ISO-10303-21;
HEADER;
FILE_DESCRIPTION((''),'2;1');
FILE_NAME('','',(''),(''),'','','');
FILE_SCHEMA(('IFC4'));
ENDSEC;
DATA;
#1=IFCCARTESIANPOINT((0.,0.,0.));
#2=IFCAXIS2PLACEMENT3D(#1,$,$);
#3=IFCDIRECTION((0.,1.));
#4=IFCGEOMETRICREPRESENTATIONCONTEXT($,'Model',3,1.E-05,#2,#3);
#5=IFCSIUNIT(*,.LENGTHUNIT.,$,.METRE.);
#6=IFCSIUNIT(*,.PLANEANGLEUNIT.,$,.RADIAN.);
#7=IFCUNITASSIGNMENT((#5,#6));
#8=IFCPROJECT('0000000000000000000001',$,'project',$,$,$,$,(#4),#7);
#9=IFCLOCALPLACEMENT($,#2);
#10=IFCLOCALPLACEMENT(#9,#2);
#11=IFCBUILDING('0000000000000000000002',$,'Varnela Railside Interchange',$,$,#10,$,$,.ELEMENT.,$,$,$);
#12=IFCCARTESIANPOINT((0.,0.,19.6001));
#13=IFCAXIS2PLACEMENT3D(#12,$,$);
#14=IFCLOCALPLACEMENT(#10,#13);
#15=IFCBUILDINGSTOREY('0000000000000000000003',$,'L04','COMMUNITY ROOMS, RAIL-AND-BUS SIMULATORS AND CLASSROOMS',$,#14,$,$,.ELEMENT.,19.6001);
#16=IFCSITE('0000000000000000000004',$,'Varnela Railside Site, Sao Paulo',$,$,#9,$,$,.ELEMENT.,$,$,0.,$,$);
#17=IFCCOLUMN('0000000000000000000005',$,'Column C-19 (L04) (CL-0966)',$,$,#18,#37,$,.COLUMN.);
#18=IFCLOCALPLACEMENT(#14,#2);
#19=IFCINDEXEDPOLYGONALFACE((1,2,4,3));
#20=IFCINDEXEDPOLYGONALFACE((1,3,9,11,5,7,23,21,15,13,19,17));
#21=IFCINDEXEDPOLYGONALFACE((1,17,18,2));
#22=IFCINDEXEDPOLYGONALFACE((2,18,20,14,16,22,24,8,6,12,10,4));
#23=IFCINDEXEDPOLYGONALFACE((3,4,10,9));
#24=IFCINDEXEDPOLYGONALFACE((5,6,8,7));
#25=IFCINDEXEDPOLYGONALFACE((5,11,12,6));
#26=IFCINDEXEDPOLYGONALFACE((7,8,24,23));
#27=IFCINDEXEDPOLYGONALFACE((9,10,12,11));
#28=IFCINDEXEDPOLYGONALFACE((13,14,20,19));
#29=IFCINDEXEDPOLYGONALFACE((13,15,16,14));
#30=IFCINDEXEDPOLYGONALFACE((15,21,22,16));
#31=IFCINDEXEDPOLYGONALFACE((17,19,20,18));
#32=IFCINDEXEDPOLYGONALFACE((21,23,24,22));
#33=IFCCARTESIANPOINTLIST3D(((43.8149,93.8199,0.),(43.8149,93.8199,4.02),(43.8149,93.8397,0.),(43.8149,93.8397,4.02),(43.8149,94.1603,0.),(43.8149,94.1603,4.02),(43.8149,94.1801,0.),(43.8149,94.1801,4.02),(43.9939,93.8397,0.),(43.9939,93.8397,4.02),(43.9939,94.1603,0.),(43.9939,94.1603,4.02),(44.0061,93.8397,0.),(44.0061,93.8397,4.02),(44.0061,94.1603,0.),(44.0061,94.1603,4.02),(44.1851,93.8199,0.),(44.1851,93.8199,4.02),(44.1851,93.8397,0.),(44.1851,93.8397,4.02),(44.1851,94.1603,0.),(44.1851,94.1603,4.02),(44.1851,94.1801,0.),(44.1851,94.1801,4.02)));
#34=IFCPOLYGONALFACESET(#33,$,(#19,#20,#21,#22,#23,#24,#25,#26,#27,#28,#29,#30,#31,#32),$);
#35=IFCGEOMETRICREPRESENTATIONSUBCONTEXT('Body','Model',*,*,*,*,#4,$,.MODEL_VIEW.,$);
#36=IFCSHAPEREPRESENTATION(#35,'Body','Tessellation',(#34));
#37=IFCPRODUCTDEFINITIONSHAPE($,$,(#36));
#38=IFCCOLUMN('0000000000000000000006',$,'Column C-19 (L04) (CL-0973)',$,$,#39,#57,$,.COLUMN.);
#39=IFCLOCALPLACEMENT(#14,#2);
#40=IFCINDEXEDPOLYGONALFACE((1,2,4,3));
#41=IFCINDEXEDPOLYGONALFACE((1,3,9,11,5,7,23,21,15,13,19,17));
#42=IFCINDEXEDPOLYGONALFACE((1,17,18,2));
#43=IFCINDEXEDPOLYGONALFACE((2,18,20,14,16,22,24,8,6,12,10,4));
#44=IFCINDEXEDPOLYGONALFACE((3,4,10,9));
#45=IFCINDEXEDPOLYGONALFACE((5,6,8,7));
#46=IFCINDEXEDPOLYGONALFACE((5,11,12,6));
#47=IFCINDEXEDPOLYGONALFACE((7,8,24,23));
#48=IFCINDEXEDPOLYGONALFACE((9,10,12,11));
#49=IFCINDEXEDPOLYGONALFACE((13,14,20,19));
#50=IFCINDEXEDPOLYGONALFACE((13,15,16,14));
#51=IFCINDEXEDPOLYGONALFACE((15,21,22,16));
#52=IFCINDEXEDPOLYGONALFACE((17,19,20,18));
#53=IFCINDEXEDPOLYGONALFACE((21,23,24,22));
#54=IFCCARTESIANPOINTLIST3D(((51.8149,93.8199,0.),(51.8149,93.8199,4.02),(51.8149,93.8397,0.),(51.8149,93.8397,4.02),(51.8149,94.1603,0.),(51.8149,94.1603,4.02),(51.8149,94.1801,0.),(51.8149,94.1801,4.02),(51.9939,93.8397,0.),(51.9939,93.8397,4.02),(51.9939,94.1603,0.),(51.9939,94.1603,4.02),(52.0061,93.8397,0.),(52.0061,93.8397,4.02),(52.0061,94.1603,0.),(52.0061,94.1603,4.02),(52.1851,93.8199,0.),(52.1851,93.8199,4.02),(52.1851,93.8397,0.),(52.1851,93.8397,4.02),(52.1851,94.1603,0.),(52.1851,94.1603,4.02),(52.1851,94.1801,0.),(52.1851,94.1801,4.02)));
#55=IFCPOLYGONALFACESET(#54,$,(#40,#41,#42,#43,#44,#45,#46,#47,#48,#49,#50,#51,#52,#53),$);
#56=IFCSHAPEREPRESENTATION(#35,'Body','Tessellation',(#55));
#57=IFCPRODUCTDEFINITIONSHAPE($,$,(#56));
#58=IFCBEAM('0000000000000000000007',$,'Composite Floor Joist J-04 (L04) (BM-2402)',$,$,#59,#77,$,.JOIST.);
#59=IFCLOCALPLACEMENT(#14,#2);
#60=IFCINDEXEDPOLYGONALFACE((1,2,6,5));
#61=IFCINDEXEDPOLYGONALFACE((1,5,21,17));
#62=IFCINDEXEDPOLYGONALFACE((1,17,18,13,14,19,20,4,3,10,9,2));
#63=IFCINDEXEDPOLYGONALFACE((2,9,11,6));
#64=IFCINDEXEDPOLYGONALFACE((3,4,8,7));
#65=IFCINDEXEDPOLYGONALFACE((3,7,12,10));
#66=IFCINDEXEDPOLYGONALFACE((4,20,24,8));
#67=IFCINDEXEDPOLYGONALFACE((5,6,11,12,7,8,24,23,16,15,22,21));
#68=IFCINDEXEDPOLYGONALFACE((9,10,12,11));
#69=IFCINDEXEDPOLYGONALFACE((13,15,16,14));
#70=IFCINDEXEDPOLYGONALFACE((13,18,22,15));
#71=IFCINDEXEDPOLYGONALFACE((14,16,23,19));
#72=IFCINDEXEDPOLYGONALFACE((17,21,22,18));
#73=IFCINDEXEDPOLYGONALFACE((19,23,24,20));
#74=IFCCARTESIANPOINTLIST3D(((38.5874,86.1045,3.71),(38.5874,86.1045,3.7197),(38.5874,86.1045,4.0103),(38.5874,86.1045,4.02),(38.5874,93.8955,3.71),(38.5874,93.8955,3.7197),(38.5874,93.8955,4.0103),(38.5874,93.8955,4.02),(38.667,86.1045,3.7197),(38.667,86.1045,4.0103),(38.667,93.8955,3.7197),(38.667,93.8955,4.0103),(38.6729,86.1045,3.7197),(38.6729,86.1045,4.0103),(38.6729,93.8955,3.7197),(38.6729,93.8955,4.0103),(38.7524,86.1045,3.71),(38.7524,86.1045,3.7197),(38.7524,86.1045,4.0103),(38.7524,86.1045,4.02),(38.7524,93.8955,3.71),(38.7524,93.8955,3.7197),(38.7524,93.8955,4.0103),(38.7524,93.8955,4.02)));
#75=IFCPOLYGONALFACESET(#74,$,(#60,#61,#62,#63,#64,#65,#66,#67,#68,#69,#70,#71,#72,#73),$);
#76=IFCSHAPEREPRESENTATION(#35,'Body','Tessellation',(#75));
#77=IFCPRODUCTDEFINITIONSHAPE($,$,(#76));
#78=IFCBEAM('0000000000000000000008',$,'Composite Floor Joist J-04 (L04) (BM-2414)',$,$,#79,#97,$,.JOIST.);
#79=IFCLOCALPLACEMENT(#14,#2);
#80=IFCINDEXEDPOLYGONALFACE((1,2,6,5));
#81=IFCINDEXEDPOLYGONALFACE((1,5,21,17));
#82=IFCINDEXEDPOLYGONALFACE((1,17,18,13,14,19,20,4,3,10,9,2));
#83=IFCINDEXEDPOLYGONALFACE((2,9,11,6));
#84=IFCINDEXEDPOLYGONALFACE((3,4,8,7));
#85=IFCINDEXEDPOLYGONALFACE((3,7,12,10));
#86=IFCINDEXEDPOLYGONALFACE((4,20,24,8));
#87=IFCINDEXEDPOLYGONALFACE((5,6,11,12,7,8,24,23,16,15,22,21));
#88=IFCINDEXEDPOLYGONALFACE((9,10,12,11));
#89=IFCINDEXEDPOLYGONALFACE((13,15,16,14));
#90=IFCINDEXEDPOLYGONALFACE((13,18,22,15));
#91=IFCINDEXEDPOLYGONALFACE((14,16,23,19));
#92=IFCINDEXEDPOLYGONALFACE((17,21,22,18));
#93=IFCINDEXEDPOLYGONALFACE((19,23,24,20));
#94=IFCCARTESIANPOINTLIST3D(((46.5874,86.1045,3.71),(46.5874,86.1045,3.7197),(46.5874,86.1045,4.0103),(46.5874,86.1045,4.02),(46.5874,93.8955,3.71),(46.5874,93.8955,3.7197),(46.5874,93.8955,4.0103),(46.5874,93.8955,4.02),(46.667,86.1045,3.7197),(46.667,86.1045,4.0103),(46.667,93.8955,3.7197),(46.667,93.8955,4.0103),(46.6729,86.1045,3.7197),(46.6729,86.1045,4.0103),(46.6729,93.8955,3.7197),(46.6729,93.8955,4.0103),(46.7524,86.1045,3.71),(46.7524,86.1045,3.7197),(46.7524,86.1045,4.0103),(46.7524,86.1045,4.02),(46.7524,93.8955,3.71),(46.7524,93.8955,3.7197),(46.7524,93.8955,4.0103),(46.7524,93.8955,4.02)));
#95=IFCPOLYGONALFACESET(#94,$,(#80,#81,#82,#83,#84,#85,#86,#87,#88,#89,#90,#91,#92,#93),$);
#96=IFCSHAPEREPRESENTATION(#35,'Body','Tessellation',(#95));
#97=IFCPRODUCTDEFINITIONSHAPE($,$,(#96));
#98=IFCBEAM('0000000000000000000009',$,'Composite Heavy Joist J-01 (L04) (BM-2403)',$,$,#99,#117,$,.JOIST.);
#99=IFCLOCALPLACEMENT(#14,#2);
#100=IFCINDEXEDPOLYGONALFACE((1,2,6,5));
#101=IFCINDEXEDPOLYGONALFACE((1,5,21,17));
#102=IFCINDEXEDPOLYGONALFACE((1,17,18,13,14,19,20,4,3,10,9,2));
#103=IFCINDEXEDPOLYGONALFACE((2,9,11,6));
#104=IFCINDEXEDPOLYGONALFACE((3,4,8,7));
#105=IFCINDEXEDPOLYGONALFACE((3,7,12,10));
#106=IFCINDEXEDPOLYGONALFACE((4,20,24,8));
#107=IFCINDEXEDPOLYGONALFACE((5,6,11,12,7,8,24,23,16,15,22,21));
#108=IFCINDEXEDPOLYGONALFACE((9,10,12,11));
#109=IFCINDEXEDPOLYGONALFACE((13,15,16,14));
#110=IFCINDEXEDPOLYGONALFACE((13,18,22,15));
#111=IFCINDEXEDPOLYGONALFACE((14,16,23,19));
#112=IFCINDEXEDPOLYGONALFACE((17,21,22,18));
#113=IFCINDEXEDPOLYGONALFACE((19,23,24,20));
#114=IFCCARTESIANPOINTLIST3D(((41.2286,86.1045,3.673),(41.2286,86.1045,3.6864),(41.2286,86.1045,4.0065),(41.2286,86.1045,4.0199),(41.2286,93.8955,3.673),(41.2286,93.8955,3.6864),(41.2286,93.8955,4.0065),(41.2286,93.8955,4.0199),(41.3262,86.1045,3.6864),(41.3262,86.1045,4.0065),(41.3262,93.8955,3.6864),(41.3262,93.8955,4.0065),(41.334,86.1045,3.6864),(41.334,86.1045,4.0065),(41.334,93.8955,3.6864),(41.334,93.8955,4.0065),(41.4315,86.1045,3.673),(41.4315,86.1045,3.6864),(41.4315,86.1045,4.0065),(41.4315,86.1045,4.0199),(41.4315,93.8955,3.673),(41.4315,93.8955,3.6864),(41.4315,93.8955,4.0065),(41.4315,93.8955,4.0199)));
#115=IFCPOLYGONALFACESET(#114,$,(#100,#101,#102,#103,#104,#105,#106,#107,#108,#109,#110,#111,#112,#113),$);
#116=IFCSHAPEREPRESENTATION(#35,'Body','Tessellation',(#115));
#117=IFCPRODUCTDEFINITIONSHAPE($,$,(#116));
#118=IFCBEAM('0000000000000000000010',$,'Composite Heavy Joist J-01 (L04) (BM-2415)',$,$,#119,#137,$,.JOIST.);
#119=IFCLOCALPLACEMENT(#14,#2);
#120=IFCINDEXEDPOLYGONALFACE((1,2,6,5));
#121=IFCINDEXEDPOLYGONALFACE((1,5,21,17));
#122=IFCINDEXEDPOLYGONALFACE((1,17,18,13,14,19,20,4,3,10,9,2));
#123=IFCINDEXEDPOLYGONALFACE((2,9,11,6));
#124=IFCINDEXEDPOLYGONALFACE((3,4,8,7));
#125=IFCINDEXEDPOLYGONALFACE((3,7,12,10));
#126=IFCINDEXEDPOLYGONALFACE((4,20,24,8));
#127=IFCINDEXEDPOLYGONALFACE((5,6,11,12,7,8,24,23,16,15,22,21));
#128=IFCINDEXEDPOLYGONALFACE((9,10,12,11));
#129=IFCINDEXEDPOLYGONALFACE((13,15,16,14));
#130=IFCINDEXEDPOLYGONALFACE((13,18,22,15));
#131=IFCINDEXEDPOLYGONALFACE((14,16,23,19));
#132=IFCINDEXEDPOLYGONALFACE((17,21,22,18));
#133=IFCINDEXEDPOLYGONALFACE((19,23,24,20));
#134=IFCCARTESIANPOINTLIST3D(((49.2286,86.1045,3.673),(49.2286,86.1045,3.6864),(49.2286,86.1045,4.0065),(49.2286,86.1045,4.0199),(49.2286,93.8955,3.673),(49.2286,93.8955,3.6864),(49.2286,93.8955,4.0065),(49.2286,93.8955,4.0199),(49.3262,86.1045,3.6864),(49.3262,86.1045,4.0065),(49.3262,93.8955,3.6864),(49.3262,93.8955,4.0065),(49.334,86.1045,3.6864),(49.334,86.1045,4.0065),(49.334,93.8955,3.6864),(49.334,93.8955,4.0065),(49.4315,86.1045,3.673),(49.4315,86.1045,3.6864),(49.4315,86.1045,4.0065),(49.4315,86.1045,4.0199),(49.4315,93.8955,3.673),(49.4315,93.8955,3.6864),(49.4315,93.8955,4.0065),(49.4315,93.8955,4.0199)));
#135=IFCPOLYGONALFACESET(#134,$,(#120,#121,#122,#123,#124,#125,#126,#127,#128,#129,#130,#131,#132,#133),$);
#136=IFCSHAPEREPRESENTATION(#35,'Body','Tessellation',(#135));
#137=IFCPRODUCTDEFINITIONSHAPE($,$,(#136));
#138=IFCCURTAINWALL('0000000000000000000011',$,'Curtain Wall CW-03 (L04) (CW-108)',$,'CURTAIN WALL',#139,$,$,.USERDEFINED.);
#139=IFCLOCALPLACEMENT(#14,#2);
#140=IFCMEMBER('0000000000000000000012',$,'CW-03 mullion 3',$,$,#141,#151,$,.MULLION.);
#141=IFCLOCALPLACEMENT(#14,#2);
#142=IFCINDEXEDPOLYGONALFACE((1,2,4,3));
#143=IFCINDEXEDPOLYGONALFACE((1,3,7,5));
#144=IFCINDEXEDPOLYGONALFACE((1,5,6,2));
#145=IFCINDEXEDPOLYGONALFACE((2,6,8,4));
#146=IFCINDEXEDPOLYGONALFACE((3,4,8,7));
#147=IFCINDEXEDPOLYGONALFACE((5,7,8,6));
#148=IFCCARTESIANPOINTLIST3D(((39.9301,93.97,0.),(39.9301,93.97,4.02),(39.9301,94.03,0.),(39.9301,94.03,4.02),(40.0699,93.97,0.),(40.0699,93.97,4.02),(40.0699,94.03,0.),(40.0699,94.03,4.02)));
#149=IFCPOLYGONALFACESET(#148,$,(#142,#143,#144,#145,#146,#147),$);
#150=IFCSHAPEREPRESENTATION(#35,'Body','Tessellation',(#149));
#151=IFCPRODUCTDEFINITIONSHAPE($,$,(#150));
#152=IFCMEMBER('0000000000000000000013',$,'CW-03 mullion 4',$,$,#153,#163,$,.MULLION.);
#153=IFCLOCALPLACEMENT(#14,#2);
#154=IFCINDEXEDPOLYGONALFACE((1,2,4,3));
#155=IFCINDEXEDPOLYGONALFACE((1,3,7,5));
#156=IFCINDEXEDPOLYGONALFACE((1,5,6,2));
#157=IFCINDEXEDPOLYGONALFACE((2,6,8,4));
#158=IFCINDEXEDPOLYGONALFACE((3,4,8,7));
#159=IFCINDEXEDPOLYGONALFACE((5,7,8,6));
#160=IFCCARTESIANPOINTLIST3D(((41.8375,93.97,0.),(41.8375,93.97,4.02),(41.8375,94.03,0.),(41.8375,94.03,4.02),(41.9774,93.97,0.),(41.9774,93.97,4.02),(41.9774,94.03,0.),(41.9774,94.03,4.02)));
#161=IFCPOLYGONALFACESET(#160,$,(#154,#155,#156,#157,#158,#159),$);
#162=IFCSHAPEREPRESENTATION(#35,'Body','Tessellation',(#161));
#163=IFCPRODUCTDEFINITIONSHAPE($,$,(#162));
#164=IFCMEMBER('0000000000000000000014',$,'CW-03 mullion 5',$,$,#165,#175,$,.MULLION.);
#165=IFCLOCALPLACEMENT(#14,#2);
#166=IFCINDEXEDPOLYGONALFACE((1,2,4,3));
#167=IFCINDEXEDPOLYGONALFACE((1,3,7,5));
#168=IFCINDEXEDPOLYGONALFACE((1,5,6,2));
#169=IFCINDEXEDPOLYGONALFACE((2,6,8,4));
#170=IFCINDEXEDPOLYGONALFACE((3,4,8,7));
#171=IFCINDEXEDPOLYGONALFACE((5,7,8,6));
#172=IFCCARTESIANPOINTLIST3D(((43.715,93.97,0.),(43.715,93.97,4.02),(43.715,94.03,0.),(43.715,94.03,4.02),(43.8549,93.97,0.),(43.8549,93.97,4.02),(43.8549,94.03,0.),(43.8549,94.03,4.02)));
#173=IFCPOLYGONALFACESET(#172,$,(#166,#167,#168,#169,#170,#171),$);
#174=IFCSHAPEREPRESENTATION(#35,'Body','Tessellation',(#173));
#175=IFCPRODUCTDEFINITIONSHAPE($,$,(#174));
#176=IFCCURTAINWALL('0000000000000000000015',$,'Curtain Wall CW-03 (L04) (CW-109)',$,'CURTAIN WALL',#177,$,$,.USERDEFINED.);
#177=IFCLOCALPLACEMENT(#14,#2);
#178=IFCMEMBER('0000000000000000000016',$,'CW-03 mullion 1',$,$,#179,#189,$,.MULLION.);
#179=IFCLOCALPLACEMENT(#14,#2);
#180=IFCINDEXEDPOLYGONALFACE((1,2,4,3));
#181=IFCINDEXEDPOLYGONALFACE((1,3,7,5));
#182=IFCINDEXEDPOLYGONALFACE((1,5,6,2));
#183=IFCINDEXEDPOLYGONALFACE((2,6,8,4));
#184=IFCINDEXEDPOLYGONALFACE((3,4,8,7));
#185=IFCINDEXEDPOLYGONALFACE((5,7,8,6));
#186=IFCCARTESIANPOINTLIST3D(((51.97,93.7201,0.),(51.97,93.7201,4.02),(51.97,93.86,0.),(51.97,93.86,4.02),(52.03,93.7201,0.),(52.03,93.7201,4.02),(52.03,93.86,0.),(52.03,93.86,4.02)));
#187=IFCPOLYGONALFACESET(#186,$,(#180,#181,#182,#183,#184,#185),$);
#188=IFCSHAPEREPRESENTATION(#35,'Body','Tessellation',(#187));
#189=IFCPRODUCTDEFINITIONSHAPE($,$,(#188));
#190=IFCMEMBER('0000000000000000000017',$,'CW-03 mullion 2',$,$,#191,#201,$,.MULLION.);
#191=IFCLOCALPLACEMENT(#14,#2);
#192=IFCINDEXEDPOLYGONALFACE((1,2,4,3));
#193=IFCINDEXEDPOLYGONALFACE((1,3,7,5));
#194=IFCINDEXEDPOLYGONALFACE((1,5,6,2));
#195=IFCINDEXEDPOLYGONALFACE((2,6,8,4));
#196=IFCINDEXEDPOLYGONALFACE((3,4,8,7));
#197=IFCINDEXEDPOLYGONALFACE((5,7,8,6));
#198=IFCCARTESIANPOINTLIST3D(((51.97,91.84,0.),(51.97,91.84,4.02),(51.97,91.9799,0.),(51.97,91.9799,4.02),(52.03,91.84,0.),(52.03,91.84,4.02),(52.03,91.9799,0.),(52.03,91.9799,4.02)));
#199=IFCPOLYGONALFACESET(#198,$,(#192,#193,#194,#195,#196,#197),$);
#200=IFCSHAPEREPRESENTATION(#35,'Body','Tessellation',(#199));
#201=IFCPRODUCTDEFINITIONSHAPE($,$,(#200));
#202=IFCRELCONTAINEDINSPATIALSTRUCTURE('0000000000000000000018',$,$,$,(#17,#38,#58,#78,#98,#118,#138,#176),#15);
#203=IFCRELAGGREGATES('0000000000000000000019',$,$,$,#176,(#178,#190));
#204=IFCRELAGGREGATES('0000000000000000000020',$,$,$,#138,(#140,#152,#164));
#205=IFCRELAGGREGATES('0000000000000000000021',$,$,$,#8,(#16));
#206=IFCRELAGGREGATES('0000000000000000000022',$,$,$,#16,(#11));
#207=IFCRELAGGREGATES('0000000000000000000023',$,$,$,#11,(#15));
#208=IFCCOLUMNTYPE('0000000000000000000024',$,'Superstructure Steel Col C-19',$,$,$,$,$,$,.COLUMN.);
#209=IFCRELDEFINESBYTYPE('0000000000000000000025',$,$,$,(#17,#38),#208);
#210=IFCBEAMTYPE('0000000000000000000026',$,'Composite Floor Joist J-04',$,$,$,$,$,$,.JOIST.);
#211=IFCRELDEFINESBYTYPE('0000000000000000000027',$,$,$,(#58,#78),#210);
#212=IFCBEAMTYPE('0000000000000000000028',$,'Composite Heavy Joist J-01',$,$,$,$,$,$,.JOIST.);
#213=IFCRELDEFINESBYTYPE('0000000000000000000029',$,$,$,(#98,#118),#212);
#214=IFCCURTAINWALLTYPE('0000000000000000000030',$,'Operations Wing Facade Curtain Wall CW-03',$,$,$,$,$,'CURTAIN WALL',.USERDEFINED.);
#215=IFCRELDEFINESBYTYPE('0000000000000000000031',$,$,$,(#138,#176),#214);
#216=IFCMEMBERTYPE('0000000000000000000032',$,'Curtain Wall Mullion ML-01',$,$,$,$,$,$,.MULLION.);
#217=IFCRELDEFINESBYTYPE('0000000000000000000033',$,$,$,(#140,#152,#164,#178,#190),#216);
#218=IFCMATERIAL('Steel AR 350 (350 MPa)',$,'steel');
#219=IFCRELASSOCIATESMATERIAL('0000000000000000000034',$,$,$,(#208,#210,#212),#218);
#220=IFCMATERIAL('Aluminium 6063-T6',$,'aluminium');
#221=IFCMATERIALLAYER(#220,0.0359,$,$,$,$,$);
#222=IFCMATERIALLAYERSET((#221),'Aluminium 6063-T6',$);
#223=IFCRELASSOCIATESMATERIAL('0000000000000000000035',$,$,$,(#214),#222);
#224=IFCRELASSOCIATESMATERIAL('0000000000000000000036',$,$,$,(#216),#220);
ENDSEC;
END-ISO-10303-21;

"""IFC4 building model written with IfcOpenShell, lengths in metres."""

from ifc_helpers import new_model, si_unit, direction, frame, origin, origin_2d, place, context, subcontext, project, spatial, rectangle, i_section, extrude, material, layer, layer_set, material_profile, profile_set, type_object, element, aggregate, save


model = new_model("IFC4")

# Units and contexts
model_context = context("Model", 3, precision=1e-05, world=origin(), true_north=direction((0.0, 1.0)))
body_context = subcontext(model_context, "Body", "Model", "MODEL_VIEW")
ifc_project = project(units=[si_unit("LENGTHUNIT", "METRE"), si_unit("PLANEANGLEUNIT", "RADIAN")], contexts=[model_context])

# Site, building, storey
site_placement = place(None, origin())
site = spatial("IfcSite", under=ifc_project, at=site_placement, Name="Varnela Railside Site, Sao Paulo", CompositionType="ELEMENT", RefElevation=0.0)
building_placement = place(site_placement, origin())
building = spatial("IfcBuilding", under=site, at=building_placement, Name="Varnela Railside Interchange", CompositionType="ELEMENT")
storey_placement = place(building_placement, frame((0.0, 0.0, 19.6001)))
storey = spatial("IfcBuildingStorey", under=building, at=storey_placement, Name="L04", Description="COMMUNITY ROOMS, RAIL-AND-BUS SIMULATORS AND CLASSROOMS", CompositionType="ELEMENT", Elevation=19.6001)

# Columns
ifc_material_1 = material(Name="Steel AR 350 (350 MPa)", Category="steel")
ifc_material_profile_1 = material_profile(ifc_material_1, i_section(OverallWidth=0.3701, OverallDepth=0.3601, WebThickness=0.0122, FlangeThickness=0.0198, at=origin_2d()), Name="W360x147")
ifc_profile_set_1 = profile_set([ifc_material_profile_1], Name="Steel AR 350 (350 MPa)")
column_type = type_object("IfcColumnType", Name="Superstructure Steel Col C-19", PredefinedType="COLUMN", material=ifc_profile_set_1)
for number, where, z_axis, x_axis, name in (
    (1, (44.0, 94.0, 0.0), (0.0, 0.0, 1.0), (1.0, 0.0, 0.0), "Column C-19 (L04) (CL-0966)"),
    (2, (52.0, 94.0, 0.0), (0.0, 0.0, 1.0), (1.0, 0.0, 0.0), "Column C-19 (L04) (CL-0973)"),
):
    element("IfcColumn", number, at=place(storey_placement, frame(where, z_axis=z_axis, x_axis=x_axis)), inside=storey, type_object=column_type, Name=name, PredefinedType="COLUMN", context=body_context, shape_type="SweptSolid", body=[
        extrude(i_section(OverallWidth=0.3701, OverallDepth=0.3601, WebThickness=0.0122, FlangeThickness=0.0198, at=origin_2d()), origin(), (0.0, 0.0, 1.0), 4.02),
    ])

# Beams
ifc_material_profile_2 = material_profile(ifc_material_1, i_section(OverallWidth=0.165, OverallDepth=0.3101, WebThickness=0.0059, FlangeThickness=0.0098, at=origin_2d()), Name="W310x38.7")
ifc_profile_set_2 = profile_set([ifc_material_profile_2], Name="Steel AR 350 (350 MPa)")
beam_type_1 = type_object("IfcBeamType", Name="Composite Floor Joist J-04", PredefinedType="JOIST", material=ifc_profile_set_2)
for number, where, z_axis, x_axis, name in (
    (3, (38.6699, 86.1045, 3.865), (0.0, 1.0, 0.0), (-1.0, 0.0, 0.0), "Composite Floor Joist J-04 (L04) (BM-2402)"),
    (4, (46.6699, 86.1045, 3.865), (0.0, 1.0, 0.0), (-1.0, 0.0, 0.0), "Composite Floor Joist J-04 (L04) (BM-2414)"),
):
    element("IfcBeam", number, at=place(storey_placement, frame(where, z_axis=z_axis, x_axis=x_axis)), inside=storey, type_object=beam_type_1, Name=name, PredefinedType="JOIST", context=body_context, shape_type="SweptSolid", body=[
        extrude(i_section(OverallWidth=0.165, OverallDepth=0.3101, WebThickness=0.0059, FlangeThickness=0.0098, at=origin_2d()), origin(), (0.0, 0.0, 1.0), 7.791),
    ])
ifc_material_profile_3 = material_profile(ifc_material_1, i_section(OverallWidth=0.2029, OverallDepth=0.3469, WebThickness=0.0078, FlangeThickness=0.0134, at=origin_2d()), Name="W360x64")
ifc_profile_set_3 = profile_set([ifc_material_profile_3], Name="Steel AR 350 (350 MPa)")
beam_type_2 = type_object("IfcBeamType", Name="Composite Heavy Joist J-01", PredefinedType="JOIST", material=ifc_profile_set_3)
for number, where, z_axis, x_axis, name in (
    (5, (41.3301, 86.1045, 3.8464), (0.0, 1.0, 0.0), (-1.0, 0.0, 0.0), "Composite Heavy Joist J-01 (L04) (BM-2403)"),
    (6, (49.3301, 86.1045, 3.8464), (0.0, 1.0, 0.0), (-1.0, 0.0, 0.0), "Composite Heavy Joist J-01 (L04) (BM-2415)"),
):
    element("IfcBeam", number, at=place(storey_placement, frame(where, z_axis=z_axis, x_axis=x_axis)), inside=storey, type_object=beam_type_2, Name=name, PredefinedType="JOIST", context=body_context, shape_type="SweptSolid", body=[
        extrude(i_section(OverallWidth=0.2029, OverallDepth=0.3469, WebThickness=0.0078, FlangeThickness=0.0134, at=origin_2d()), origin(), (0.0, 0.0, 1.0), 7.791),
    ])

# Curtain walls, members
ifc_material_2 = material(Name="Aluminium 6063-T6", Category="aluminium")
ifc_layer_1 = layer(ifc_material_2, 0.0359)
ifc_layer_set_1 = layer_set([ifc_layer_1], Name="Aluminium 6063-T6")
curtain_wall_type = type_object("IfcCurtainWallType", Name="Operations Wing Facade Curtain Wall CW-03", ElementType="CURTAIN WALL", PredefinedType="USERDEFINED", material=ifc_layer_set_1)
curtain_wall_1_placement = place(storey_placement, origin())
curtain_wall_1 = element("IfcCurtainWall", 7, at=curtain_wall_1_placement, inside=storey, type_object=curtain_wall_type, Name="Curtain Wall CW-03 (L04) (CW-108)", ObjectType="CURTAIN WALL", PredefinedType="USERDEFINED")
ifc_material_profile_4 = material_profile(ifc_material_2, rectangle(XDim=0.0601, YDim=0.1399, at=origin_2d()), Name="ALU 60x140")
ifc_profile_set_4 = profile_set([ifc_material_profile_4], Name="Aluminium 6063-T6")
member_type_1 = type_object("IfcMemberType", Name="Curtain Wall Mullion ML-01", PredefinedType="MULLION", material=ifc_profile_set_4)
member_1_placement = place(storey_placement, frame((40.0, 94.0, 0.0), z_axis=(0.0, 0.0, 1.0), x_axis=(0.0, 1.0, 0.0)))
member_1 = element("IfcMember", 8, at=member_1_placement, type_object=member_type_1, Name="CW-03 mullion 3", PredefinedType="MULLION", context=body_context, shape_type="SweptSolid", body=[
    extrude(rectangle(XDim=0.0601, YDim=0.1399, at=origin_2d()), origin(), (0.0, 0.0, 1.0), 4.02),
])
member_2_placement = place(storey_placement, frame((41.9075, 94.0, 0.0), z_axis=(0.0, 0.0, 1.0), x_axis=(0.0, 1.0, 0.0)))
member_2 = element("IfcMember", 9, at=member_2_placement, type_object=member_type_1, Name="CW-03 mullion 4", PredefinedType="MULLION", context=body_context, shape_type="SweptSolid", body=[
    extrude(rectangle(XDim=0.0601, YDim=0.1399, at=origin_2d()), origin(), (0.0, 0.0, 1.0), 4.02),
])
member_3_placement = place(storey_placement, frame((43.7849, 94.0, 0.0), z_axis=(0.0, 0.0, 1.0), x_axis=(0.0, 1.0, 0.0)))
member_3 = element("IfcMember", 10, at=member_3_placement, type_object=member_type_1, Name="CW-03 mullion 5", PredefinedType="MULLION", context=body_context, shape_type="SweptSolid", body=[
    extrude(rectangle(XDim=0.0601, YDim=0.1399, at=origin_2d()), origin(), (0.0, 0.0, 1.0), 4.02),
])
curtain_wall_2_placement = place(storey_placement, origin())
curtain_wall_2 = element("IfcCurtainWall", 11, at=curtain_wall_2_placement, inside=storey, type_object=curtain_wall_type, Name="Curtain Wall CW-03 (L04) (CW-109)", ObjectType="CURTAIN WALL", PredefinedType="USERDEFINED")
member_4_placement = place(storey_placement, frame((52.0, 93.79, 0.0), z_axis=(0.0, 0.0, 1.0), x_axis=(1.0, 0.0, 0.0)))
member_4 = element("IfcMember", 12, at=member_4_placement, type_object=member_type_1, Name="CW-03 mullion 1", PredefinedType="MULLION", context=body_context, shape_type="SweptSolid", body=[
    extrude(rectangle(XDim=0.0601, YDim=0.1399, at=origin_2d()), origin(), (0.0, 0.0, 1.0), 4.02),
])
member_5_placement = place(storey_placement, frame((52.0, 91.9099, 0.0), z_axis=(0.0, 0.0, 1.0), x_axis=(1.0, 0.0, 0.0)))
member_5 = element("IfcMember", 13, at=member_5_placement, type_object=member_type_1, Name="CW-03 mullion 2", PredefinedType="MULLION", context=body_context, shape_type="SweptSolid", body=[
    extrude(rectangle(XDim=0.0601, YDim=0.1399, at=origin_2d()), origin(), (0.0, 0.0, 1.0), 4.02),
])
aggregate(curtain_wall_2, [member_4, member_5])

aggregate(curtain_wall_1, [member_1, member_2, member_3])

save(model, "model.ifc")
